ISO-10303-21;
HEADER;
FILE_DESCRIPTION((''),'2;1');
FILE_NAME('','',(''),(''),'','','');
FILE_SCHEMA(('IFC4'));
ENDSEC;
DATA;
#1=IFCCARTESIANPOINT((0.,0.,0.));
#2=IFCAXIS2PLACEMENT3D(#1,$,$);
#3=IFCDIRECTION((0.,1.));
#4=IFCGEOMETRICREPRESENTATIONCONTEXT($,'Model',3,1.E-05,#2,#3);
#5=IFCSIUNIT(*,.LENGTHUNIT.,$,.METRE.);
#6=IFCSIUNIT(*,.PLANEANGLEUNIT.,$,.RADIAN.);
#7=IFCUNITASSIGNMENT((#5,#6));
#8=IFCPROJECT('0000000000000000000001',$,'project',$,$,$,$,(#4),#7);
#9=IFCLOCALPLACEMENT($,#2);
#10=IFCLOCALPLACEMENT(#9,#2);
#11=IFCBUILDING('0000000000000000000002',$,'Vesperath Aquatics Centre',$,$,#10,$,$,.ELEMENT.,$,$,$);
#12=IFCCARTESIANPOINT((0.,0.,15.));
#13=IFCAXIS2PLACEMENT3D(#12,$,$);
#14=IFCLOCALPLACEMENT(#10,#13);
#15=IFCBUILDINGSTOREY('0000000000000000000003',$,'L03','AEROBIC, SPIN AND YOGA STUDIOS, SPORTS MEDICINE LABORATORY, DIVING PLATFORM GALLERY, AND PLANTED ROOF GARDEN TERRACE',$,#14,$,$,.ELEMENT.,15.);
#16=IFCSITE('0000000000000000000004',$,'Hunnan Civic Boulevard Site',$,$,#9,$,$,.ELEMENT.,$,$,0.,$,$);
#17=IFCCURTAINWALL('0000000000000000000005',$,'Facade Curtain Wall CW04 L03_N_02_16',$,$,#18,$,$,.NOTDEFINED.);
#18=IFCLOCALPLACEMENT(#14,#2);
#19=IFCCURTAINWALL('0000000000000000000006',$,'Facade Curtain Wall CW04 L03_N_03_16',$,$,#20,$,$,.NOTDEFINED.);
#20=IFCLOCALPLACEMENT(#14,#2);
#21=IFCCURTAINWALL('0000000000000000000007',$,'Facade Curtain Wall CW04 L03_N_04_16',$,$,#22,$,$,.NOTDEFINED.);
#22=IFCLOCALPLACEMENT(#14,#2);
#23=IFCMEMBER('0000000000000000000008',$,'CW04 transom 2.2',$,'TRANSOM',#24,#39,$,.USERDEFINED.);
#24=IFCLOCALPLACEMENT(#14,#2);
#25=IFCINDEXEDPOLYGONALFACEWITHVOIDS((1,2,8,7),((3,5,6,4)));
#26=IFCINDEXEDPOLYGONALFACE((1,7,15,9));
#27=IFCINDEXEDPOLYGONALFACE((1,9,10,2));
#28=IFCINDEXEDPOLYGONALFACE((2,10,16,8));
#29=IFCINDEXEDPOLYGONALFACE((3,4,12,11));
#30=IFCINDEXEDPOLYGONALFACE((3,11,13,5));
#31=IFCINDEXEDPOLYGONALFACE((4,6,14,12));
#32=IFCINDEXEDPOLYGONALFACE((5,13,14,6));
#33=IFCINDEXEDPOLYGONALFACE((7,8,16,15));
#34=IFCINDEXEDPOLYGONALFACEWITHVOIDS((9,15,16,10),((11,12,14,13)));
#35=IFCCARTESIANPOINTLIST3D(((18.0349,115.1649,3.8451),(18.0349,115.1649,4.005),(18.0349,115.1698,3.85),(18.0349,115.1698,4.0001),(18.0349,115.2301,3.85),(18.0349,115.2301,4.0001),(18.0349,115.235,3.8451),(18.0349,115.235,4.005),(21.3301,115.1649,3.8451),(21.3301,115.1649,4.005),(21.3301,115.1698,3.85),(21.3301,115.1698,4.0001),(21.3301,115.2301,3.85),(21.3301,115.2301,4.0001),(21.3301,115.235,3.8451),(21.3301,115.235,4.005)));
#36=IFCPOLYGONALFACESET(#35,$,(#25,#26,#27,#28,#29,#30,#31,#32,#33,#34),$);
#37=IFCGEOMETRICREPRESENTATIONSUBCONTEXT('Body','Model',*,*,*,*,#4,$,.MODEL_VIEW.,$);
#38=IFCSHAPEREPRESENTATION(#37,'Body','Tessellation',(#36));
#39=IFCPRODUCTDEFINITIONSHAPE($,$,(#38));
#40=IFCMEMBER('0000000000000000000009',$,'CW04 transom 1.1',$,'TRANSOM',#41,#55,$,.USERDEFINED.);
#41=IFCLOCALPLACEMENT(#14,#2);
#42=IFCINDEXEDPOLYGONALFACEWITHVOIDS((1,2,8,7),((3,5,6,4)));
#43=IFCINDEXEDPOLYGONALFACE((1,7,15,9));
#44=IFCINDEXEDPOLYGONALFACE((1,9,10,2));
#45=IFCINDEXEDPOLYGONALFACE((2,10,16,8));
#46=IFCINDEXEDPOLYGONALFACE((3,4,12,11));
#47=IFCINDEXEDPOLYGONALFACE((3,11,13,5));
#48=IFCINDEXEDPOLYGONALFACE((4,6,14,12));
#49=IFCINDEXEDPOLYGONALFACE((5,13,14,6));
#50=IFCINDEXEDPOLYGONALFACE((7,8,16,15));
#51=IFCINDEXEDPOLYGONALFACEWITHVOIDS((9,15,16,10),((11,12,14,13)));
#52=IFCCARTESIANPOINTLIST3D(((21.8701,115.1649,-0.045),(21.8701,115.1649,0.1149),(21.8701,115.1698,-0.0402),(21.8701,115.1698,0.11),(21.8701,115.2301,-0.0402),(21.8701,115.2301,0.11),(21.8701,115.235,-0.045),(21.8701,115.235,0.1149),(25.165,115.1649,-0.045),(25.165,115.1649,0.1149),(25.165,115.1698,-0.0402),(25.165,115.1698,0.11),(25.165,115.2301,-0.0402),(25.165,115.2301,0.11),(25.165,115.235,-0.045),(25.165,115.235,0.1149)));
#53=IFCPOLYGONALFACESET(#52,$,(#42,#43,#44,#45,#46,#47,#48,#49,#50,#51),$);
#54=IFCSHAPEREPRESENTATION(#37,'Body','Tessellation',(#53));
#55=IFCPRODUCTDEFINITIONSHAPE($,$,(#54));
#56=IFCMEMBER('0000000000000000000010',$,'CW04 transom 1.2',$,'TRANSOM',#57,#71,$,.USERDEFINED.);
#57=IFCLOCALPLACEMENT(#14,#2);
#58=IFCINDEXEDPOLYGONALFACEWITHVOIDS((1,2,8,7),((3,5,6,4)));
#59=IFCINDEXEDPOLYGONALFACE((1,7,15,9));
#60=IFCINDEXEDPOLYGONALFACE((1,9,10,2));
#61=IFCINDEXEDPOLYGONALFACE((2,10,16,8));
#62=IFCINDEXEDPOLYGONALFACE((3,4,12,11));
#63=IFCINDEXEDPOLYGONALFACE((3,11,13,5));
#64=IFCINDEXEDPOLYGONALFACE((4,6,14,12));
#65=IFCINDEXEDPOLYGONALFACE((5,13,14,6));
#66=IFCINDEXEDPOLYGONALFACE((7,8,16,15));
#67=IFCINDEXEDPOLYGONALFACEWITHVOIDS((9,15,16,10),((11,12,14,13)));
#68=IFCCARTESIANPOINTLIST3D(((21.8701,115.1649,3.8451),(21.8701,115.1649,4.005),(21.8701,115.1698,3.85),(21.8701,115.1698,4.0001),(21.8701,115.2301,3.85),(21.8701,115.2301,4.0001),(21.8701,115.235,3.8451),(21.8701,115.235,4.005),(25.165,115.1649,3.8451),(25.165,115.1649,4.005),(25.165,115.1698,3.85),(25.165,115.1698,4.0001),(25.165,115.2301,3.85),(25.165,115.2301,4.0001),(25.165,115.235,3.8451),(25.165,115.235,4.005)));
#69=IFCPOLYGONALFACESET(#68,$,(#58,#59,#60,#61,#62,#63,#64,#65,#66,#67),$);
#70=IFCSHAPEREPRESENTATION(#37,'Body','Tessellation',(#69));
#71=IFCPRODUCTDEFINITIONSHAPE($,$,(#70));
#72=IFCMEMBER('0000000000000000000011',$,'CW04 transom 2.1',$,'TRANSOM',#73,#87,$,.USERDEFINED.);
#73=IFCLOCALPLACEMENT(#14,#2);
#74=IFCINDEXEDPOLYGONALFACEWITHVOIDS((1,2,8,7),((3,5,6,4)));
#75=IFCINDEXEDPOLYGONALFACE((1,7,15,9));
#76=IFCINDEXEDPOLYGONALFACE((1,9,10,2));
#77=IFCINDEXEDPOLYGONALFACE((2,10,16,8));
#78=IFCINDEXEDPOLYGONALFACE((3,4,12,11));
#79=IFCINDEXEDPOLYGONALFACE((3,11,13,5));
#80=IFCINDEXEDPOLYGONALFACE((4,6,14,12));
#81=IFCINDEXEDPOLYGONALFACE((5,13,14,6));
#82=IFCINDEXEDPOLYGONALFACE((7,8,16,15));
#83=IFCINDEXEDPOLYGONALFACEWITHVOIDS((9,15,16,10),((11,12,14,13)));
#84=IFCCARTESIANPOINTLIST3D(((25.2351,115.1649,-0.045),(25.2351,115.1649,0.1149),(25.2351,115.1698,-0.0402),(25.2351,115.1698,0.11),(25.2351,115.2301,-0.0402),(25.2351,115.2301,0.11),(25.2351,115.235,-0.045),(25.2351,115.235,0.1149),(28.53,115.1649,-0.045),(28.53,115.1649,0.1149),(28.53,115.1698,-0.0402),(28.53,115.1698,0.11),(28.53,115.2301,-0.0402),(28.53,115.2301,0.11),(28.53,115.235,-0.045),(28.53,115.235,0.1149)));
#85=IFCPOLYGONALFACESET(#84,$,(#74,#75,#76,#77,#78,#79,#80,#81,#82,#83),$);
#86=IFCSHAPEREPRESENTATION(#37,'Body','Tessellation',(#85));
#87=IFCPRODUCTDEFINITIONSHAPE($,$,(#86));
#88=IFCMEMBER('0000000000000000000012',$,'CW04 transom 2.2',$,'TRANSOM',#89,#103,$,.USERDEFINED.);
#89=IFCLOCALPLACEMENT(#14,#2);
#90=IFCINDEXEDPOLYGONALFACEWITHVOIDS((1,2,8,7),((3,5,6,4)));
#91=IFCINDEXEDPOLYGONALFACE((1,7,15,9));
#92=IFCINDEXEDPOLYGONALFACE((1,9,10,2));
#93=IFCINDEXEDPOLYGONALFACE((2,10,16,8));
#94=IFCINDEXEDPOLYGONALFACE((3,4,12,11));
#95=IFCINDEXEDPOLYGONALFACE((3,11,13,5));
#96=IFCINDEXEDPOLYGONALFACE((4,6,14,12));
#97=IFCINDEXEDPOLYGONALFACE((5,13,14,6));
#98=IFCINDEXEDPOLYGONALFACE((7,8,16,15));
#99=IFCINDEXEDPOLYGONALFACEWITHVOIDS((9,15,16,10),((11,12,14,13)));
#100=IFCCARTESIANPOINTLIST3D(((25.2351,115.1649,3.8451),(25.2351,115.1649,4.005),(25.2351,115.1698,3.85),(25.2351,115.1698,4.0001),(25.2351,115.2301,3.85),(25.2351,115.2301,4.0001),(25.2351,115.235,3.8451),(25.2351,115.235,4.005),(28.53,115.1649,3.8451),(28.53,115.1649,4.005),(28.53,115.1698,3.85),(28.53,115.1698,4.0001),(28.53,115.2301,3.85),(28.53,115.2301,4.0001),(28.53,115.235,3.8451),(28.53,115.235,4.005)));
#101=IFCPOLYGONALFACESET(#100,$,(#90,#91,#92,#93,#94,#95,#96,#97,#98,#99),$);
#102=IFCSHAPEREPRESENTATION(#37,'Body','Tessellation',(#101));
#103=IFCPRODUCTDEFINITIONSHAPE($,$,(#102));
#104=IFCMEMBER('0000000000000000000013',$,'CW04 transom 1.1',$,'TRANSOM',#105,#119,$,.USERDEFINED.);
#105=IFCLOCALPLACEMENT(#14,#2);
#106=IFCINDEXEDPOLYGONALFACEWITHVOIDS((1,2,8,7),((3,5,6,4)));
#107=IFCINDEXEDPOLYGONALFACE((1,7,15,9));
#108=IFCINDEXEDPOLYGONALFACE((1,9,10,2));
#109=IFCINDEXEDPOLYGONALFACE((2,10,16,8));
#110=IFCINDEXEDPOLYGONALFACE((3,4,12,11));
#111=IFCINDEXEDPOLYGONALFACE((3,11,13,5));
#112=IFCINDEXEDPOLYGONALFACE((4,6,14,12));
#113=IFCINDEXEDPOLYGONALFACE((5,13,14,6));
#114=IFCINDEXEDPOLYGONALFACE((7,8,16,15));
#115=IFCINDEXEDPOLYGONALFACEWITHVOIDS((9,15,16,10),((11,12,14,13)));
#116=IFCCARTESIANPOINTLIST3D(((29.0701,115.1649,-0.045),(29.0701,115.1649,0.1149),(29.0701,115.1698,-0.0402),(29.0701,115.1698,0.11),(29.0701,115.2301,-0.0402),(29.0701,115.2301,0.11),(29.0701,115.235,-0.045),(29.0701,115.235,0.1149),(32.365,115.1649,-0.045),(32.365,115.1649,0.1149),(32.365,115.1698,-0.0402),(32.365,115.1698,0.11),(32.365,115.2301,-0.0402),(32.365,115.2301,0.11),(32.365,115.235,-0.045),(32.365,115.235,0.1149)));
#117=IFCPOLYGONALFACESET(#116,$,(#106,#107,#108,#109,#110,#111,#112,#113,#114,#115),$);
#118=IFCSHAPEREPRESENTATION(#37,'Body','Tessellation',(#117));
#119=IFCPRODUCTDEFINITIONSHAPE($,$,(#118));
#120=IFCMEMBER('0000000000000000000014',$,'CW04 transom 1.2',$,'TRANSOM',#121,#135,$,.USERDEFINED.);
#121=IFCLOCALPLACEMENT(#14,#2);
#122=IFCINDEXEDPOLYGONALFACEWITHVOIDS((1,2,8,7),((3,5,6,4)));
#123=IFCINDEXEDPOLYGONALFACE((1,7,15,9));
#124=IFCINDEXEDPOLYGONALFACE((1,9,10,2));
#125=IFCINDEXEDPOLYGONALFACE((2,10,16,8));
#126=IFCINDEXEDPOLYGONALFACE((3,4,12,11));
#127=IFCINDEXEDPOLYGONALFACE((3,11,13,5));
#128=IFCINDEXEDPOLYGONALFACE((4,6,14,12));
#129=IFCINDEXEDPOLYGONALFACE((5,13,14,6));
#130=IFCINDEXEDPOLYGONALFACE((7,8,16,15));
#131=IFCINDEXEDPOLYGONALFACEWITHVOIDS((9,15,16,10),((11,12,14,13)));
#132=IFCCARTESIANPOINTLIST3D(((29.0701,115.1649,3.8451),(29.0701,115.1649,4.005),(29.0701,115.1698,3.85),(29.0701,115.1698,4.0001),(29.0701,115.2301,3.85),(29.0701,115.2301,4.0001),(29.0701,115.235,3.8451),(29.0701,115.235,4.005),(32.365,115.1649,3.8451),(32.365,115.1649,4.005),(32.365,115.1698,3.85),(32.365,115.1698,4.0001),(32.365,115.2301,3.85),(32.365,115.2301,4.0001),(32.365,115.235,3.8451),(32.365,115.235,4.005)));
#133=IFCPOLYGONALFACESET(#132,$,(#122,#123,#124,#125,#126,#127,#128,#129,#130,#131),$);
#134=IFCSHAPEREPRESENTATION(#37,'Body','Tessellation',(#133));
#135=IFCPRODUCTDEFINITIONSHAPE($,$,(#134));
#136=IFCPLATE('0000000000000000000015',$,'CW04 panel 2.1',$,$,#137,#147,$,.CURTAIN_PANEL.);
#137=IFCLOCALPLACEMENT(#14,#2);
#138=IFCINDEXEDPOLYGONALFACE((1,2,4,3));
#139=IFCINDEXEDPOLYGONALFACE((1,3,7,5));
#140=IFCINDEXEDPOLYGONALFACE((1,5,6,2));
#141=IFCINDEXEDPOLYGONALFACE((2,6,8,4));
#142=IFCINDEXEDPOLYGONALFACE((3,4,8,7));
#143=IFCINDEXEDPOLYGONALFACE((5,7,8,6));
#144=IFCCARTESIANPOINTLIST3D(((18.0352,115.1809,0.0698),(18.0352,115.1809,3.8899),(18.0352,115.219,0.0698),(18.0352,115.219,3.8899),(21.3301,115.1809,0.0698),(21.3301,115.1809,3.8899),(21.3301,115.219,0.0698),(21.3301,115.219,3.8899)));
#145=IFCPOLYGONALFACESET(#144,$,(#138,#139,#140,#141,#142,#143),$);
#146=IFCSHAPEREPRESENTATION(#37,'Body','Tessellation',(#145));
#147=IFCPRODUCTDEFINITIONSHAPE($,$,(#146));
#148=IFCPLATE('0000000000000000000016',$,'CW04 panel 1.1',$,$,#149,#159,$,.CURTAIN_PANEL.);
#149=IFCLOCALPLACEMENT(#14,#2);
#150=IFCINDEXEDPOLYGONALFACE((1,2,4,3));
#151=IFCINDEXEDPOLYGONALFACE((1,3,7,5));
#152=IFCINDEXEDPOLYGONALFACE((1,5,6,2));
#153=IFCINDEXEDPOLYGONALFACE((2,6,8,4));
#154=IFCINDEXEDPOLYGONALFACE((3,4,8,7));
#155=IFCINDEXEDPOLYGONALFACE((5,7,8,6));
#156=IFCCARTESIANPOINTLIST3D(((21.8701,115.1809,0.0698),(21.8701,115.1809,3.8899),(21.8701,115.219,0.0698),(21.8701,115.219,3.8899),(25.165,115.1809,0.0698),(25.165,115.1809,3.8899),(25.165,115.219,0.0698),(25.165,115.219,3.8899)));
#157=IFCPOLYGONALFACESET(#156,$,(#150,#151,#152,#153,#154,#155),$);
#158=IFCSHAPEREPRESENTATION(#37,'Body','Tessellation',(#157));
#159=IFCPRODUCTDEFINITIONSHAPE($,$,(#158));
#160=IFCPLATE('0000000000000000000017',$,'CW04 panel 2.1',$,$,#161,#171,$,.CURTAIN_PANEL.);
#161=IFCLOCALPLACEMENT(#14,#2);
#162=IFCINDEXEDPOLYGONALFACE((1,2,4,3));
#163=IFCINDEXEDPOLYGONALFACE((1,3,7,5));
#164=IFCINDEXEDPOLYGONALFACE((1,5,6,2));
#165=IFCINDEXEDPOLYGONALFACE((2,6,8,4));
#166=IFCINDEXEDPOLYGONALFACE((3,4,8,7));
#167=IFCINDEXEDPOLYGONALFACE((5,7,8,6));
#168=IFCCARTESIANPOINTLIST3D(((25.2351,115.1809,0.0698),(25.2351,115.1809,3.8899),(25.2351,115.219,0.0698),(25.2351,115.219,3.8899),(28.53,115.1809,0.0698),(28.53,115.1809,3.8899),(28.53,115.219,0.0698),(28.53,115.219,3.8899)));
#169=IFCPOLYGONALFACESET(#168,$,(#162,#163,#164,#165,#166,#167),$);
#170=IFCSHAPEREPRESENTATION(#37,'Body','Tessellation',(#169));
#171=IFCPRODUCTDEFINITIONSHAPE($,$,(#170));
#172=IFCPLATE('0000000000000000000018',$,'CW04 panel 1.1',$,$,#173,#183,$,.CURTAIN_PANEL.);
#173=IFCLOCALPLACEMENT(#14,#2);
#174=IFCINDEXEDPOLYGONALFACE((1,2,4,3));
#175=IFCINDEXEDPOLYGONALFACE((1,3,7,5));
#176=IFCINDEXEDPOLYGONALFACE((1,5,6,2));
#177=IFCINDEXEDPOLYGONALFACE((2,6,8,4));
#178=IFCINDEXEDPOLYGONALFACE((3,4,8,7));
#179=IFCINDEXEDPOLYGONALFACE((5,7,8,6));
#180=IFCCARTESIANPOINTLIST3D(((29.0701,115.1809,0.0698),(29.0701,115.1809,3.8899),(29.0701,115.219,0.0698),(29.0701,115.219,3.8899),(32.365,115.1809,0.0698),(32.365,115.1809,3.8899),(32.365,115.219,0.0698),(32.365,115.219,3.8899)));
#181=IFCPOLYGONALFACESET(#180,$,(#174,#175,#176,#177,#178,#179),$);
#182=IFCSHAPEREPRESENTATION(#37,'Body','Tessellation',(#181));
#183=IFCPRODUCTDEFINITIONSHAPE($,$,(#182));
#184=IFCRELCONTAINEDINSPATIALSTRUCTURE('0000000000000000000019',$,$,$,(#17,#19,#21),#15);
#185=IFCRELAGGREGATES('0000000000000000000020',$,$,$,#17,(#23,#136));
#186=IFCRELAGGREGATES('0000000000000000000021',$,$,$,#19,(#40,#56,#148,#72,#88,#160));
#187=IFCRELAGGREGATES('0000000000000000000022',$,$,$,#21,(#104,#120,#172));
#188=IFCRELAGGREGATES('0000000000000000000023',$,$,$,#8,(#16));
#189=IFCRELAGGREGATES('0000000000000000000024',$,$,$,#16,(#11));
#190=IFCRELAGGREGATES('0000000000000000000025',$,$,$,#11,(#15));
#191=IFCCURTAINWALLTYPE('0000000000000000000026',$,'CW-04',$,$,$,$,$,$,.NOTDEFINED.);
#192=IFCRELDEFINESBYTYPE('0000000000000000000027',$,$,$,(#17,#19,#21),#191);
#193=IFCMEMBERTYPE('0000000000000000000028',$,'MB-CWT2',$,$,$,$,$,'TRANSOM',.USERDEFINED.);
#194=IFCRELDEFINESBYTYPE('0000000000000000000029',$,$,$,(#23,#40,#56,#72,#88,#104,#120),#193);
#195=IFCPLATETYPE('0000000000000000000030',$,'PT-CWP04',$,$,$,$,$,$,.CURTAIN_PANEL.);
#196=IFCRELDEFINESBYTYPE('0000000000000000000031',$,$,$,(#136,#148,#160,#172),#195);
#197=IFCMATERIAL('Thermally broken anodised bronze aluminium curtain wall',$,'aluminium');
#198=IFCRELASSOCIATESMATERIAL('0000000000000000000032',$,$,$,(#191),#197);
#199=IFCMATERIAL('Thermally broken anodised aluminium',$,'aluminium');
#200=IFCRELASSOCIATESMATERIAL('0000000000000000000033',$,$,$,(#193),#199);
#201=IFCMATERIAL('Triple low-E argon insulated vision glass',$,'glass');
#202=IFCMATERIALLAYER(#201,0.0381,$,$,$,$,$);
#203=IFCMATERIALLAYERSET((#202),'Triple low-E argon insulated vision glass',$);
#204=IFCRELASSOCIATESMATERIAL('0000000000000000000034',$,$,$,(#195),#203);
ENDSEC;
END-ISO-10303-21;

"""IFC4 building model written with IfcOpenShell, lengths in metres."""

from ifc_helpers import new_model, si_unit, direction, frame, origin, origin_2d, place, context, subcontext, project, spatial, rectangle, hollow_rectangle, extrude, material, layer, layer_set, material_profile, profile_set, type_object, element, aggregate, save


model = new_model("IFC4")

# Units and contexts
model_context = context("Model", 3, precision=1e-05, world=origin(), true_north=direction((0.0, 1.0)))
body_context = subcontext(model_context, "Body", "Model", "MODEL_VIEW")
ifc_project = project(units=[si_unit("LENGTHUNIT", "METRE"), si_unit("PLANEANGLEUNIT", "RADIAN")], contexts=[model_context])

# Site, building, storey
site_placement = place(None, origin())
site = spatial("IfcSite", under=ifc_project, at=site_placement, Name="Hunnan Civic Boulevard Site", CompositionType="ELEMENT", RefElevation=0.0)
building_placement = place(site_placement, origin())
building = spatial("IfcBuilding", under=site, at=building_placement, Name="Vesperath Aquatics Centre", CompositionType="ELEMENT")
storey_placement = place(building_placement, frame((0.0, 0.0, 15.0)))
storey = spatial("IfcBuildingStorey", under=building, at=storey_placement, Name="L03", Description="AEROBIC, SPIN AND YOGA STUDIOS, SPORTS MEDICINE LABORATORY, DIVING PLATFORM GALLERY, AND PLANTED ROOF GARDEN TERRACE", CompositionType="ELEMENT", Elevation=15.0)

# Curtain walls
ifc_material_1 = material(Name="Thermally broken anodised bronze aluminium curtain wall", Category="aluminium")
curtain_wall_type = type_object("IfcCurtainWallType", Name="CW-04", PredefinedType="NOTDEFINED", material=ifc_material_1)
curtain_wall_1_placement = place(storey_placement, origin())
curtain_wall_1 = element("IfcCurtainWall", 1, at=curtain_wall_1_placement, inside=storey, type_object=curtain_wall_type, Name="Facade Curtain Wall CW04 L03_N_02_16", PredefinedType="NOTDEFINED")
ifc_material_2 = material(Name="Thermally broken anodised aluminium", Category="aluminium")
curtain_wall_2_placement = place(storey_placement, origin())
curtain_wall_2 = element("IfcCurtainWall", 2, at=curtain_wall_2_placement, inside=storey, type_object=curtain_wall_type, Name="Facade Curtain Wall CW04 L03_N_03_16", PredefinedType="NOTDEFINED")
curtain_wall_3_placement = place(storey_placement, origin())
curtain_wall_3 = element("IfcCurtainWall", 3, at=curtain_wall_3_placement, inside=storey, type_object=curtain_wall_type, Name="Facade Curtain Wall CW04 L03_N_04_16", PredefinedType="NOTDEFINED")

# Members
ifc_material_profile_1 = material_profile(ifc_material_2, hollow_rectangle(XDim=0.0701, YDim=0.1599, WallThickness=0.0049, at=origin_2d()), Name="CWT 70x160x5")
ifc_profile_set_1 = profile_set([ifc_material_profile_1], Name="Thermally broken anodised aluminium")
member_type_1 = type_object("IfcMemberType", Name="MB-CWT2", ElementType="TRANSOM", PredefinedType="USERDEFINED", material=ifc_profile_set_1)
member_1_placement = place(storey_placement, frame((18.0349, 115.2, 3.925), z_axis=(1.0, 0.0, 0.0), x_axis=(0.0, 1.0, 0.0)))
member_1 = element("IfcMember", 4, at=member_1_placement, type_object=member_type_1, Name="CW04 transom 2.2", ObjectType="TRANSOM", PredefinedType="USERDEFINED", context=body_context, shape_type="SweptSolid", body=[
    extrude(hollow_rectangle(XDim=0.0701, YDim=0.1599, WallThickness=0.0049, at=origin_2d()), origin(), (0.0, 0.0, 1.0), 3.2952),
])
member_2_placement = place(storey_placement, frame((21.8701, 115.2, 0.0349), z_axis=(1.0, 0.0, 0.0), x_axis=(0.0, 1.0, 0.0)))
member_2 = element("IfcMember", 5, at=member_2_placement, type_object=member_type_1, Name="CW04 transom 1.1", ObjectType="TRANSOM", PredefinedType="USERDEFINED", context=body_context, shape_type="SweptSolid", body=[
    extrude(hollow_rectangle(XDim=0.0701, YDim=0.1599, WallThickness=0.0049, at=origin_2d()), origin(), (0.0, 0.0, 1.0), 3.2949),
])
member_3_placement = place(storey_placement, frame((21.8701, 115.2, 3.925), z_axis=(1.0, 0.0, 0.0), x_axis=(0.0, 1.0, 0.0)))
member_3 = element("IfcMember", 6, at=member_3_placement, type_object=member_type_1, Name="CW04 transom 1.2", ObjectType="TRANSOM", PredefinedType="USERDEFINED", context=body_context, shape_type="SweptSolid", body=[
    extrude(hollow_rectangle(XDim=0.0701, YDim=0.1599, WallThickness=0.0049, at=origin_2d()), origin(), (0.0, 0.0, 1.0), 3.2949),
])
member_4_placement = place(storey_placement, frame((25.2351, 115.2, 0.0349), z_axis=(1.0, 0.0, 0.0), x_axis=(0.0, 1.0, 0.0)))
member_4 = element("IfcMember", 7, at=member_4_placement, type_object=member_type_1, Name="CW04 transom 2.1", ObjectType="TRANSOM", PredefinedType="USERDEFINED", context=body_context, shape_type="SweptSolid", body=[
    extrude(hollow_rectangle(XDim=0.0701, YDim=0.1599, WallThickness=0.0049, at=origin_2d()), origin(), (0.0, 0.0, 1.0), 3.2949),
])
member_5_placement = place(storey_placement, frame((25.2351, 115.2, 3.925), z_axis=(1.0, 0.0, 0.0), x_axis=(0.0, 1.0, 0.0)))
member_5 = element("IfcMember", 8, at=member_5_placement, type_object=member_type_1, Name="CW04 transom 2.2", ObjectType="TRANSOM", PredefinedType="USERDEFINED", context=body_context, shape_type="SweptSolid", body=[
    extrude(hollow_rectangle(XDim=0.0701, YDim=0.1599, WallThickness=0.0049, at=origin_2d()), origin(), (0.0, 0.0, 1.0), 3.2949),
])
member_6_placement = place(storey_placement, frame((29.0701, 115.2, 0.0349), z_axis=(1.0, 0.0, 0.0), x_axis=(0.0, 1.0, 0.0)))
member_6 = element("IfcMember", 9, at=member_6_placement, type_object=member_type_1, Name="CW04 transom 1.1", ObjectType="TRANSOM", PredefinedType="USERDEFINED", context=body_context, shape_type="SweptSolid", body=[
    extrude(hollow_rectangle(XDim=0.0701, YDim=0.1599, WallThickness=0.0049, at=origin_2d()), origin(), (0.0, 0.0, 1.0), 3.2949),
])
member_7_placement = place(storey_placement, frame((29.0701, 115.2, 3.925), z_axis=(1.0, 0.0, 0.0), x_axis=(0.0, 1.0, 0.0)))
member_7 = element("IfcMember", 10, at=member_7_placement, type_object=member_type_1, Name="CW04 transom 1.2", ObjectType="TRANSOM", PredefinedType="USERDEFINED", context=body_context, shape_type="SweptSolid", body=[
    extrude(hollow_rectangle(XDim=0.0701, YDim=0.1599, WallThickness=0.0049, at=origin_2d()), origin(), (0.0, 0.0, 1.0), 3.2949),
])

# Plates
ifc_material_3 = material(Name="Triple low-E argon insulated vision glass", Category="glass")
ifc_layer = layer(ifc_material_3, 0.0381)
ifc_layer_set = layer_set([ifc_layer], Name="Triple low-E argon insulated vision glass")
plate_type = type_object("IfcPlateType", Name="PT-CWP04", PredefinedType="CURTAIN_PANEL", material=ifc_layer_set)
plate_1_placement = place(storey_placement, frame((19.6826, 115.2, 0.0698), z_axis=(0.0, 0.0, 1.0), x_axis=(1.0, 0.0, 0.0)))
plate_1 = element("IfcPlate", 11, at=plate_1_placement, type_object=plate_type, Name="CW04 panel 2.1", PredefinedType="CURTAIN_PANEL", context=body_context, shape_type="SweptSolid", body=[
    extrude(rectangle(XDim=3.2949, YDim=0.0381, at=origin_2d()), origin(), (0.0, 0.0, 1.0), 3.8201),
])
aggregate(curtain_wall_1, [member_1, plate_1])
plate_2_placement = place(storey_placement, frame((23.5176, 115.2, 0.0698), z_axis=(0.0, 0.0, 1.0), x_axis=(1.0, 0.0, 0.0)))
plate_2 = element("IfcPlate", 12, at=plate_2_placement, type_object=plate_type, Name="CW04 panel 1.1", PredefinedType="CURTAIN_PANEL", context=body_context, shape_type="SweptSolid", body=[
    extrude(rectangle(XDim=3.2949, YDim=0.0381, at=origin_2d()), origin(), (0.0, 0.0, 1.0), 3.8201),
])
plate_3_placement = place(storey_placement, frame((26.8826, 115.2, 0.0698), z_axis=(0.0, 0.0, 1.0), x_axis=(1.0, 0.0, 0.0)))
plate_3 = element("IfcPlate", 13, at=plate_3_placement, type_object=plate_type, Name="CW04 panel 2.1", PredefinedType="CURTAIN_PANEL", context=body_context, shape_type="SweptSolid", body=[
    extrude(rectangle(XDim=3.2949, YDim=0.0381, at=origin_2d()), origin(), (0.0, 0.0, 1.0), 3.8201),
])
aggregate(curtain_wall_2, [member_2, member_3, plate_2, member_4, member_5, plate_3])
plate_4_placement = place(storey_placement, frame((30.7175, 115.2, 0.0698), z_axis=(0.0, 0.0, 1.0), x_axis=(1.0, 0.0, 0.0)))
plate_4 = element("IfcPlate", 14, at=plate_4_placement, type_object=plate_type, Name="CW04 panel 1.1", PredefinedType="CURTAIN_PANEL", context=body_context, shape_type="SweptSolid", body=[
    extrude(rectangle(XDim=3.2949, YDim=0.0381, at=origin_2d()), origin(), (0.0, 0.0, 1.0), 3.8201),
])
aggregate(curtain_wall_3, [member_6, member_7, plate_4])

save(model, "model.ifc")
